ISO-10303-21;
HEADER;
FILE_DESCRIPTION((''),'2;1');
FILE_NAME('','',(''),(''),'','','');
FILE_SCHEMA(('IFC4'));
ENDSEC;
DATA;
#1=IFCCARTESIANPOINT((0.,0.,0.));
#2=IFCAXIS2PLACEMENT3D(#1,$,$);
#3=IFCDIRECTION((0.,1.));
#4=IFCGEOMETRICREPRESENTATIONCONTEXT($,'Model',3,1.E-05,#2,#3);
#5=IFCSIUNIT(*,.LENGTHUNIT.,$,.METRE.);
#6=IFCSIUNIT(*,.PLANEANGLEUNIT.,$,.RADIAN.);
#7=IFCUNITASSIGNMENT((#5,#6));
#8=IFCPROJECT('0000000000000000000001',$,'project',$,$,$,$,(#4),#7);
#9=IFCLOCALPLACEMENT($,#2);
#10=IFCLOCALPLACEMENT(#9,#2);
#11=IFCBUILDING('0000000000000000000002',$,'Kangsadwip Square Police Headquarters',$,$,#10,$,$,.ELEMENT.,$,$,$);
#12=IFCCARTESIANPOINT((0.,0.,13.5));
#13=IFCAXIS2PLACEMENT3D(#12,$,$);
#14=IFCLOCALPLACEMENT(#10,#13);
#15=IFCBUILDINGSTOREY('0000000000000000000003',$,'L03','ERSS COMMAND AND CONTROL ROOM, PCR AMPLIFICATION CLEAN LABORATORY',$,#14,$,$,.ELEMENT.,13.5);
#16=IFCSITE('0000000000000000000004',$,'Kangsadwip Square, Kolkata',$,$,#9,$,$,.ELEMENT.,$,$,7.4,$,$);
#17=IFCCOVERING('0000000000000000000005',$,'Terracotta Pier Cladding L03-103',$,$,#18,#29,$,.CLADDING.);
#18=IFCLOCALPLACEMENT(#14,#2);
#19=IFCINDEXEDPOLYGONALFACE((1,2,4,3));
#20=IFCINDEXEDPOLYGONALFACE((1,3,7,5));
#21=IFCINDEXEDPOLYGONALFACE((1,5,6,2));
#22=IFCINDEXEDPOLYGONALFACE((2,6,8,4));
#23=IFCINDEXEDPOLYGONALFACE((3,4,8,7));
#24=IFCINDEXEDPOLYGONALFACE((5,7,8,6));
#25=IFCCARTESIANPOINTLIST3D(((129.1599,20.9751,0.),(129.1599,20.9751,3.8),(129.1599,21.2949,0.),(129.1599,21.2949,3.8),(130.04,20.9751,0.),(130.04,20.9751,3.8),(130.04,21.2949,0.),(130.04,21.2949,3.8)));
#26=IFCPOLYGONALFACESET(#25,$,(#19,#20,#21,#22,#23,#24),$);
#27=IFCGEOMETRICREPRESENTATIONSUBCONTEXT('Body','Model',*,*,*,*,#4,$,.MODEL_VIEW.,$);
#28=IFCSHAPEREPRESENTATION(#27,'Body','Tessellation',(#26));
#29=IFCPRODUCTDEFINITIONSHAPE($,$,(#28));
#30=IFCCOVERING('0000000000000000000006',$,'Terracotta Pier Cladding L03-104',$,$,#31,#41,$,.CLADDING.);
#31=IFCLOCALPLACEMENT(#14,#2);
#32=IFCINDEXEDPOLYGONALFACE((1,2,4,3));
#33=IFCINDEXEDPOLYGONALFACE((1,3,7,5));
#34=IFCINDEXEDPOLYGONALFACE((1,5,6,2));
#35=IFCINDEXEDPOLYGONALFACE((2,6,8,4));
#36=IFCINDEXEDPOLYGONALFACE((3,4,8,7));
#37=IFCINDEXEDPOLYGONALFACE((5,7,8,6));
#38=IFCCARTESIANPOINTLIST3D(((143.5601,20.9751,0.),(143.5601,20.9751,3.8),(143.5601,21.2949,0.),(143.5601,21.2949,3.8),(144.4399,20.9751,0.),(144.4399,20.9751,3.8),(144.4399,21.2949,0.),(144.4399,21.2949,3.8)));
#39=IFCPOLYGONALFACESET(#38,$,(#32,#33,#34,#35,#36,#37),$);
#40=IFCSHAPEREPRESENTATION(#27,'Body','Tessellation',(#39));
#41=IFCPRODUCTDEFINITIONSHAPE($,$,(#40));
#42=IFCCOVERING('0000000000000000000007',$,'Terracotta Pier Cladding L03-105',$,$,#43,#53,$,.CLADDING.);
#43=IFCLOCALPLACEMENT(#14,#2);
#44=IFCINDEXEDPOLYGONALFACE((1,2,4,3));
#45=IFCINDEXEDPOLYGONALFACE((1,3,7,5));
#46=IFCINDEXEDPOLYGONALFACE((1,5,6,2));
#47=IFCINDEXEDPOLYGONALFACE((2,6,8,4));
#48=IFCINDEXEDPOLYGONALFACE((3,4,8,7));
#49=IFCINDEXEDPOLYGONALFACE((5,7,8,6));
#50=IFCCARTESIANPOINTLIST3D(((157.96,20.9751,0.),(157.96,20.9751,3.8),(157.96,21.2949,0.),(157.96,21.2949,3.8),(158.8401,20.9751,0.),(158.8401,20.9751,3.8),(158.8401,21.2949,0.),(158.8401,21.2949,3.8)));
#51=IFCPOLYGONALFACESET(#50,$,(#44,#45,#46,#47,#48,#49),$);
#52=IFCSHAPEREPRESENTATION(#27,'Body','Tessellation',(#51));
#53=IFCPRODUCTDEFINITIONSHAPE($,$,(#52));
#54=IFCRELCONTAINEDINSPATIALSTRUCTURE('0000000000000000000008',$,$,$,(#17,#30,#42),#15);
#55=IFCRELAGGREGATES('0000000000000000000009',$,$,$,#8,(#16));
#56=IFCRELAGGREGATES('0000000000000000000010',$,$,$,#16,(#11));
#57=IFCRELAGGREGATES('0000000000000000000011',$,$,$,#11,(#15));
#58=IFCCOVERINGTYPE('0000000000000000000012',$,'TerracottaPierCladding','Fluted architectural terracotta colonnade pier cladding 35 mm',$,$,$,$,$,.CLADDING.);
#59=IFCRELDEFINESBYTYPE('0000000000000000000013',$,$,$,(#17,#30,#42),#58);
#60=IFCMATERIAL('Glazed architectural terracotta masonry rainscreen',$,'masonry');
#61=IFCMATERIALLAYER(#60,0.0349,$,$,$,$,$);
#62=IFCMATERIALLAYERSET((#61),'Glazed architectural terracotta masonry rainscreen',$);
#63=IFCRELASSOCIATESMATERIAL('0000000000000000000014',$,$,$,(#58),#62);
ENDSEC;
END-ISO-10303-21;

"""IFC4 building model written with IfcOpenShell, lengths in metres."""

from ifc_helpers import new_model, si_unit, direction, frame, origin, place, context, subcontext, project, spatial, polyline, outline, extrude, material, layer, layer_set, type_object, element, save


model = new_model("IFC4")

# Units and contexts
model_context = context("Model", 3, precision=1e-05, world=origin(), true_north=direction((0.0, 1.0)))
body_context = subcontext(model_context, "Body", "Model", "MODEL_VIEW")
ifc_project = project(units=[si_unit("LENGTHUNIT", "METRE"), si_unit("PLANEANGLEUNIT", "RADIAN")], contexts=[model_context])

# Site, building, storey
site_placement = place(None, origin())
site = spatial("IfcSite", under=ifc_project, at=site_placement, Name="Kangsadwip Square, Kolkata", CompositionType="ELEMENT", RefElevation=7.4)
building_placement = place(site_placement, origin())
building = spatial("IfcBuilding", under=site, at=building_placement, Name="Kangsadwip Square Police Headquarters", CompositionType="ELEMENT")
storey_placement = place(building_placement, frame((0.0, 0.0, 13.5)))
storey = spatial("IfcBuildingStorey", under=building, at=storey_placement, Name="L03", Description="ERSS COMMAND AND CONTROL ROOM, PCR AMPLIFICATION CLEAN LABORATORY", CompositionType="ELEMENT", Elevation=13.5)

# Coverings
ifc_material = material(Name="Glazed architectural terracotta masonry rainscreen", Category="masonry")
ifc_layer = layer(ifc_material, 0.0349)
ifc_layer_set = layer_set([ifc_layer], Name="Glazed architectural terracotta masonry rainscreen")
covering_type = type_object("IfcCoveringType", Name="TerracottaPierCladding", Description="Fluted architectural terracotta colonnade pier cladding 35 mm", PredefinedType="CLADDING", material=ifc_layer_set)
covering_1_placement = place(storey_placement, origin())
element("IfcCovering", 1, at=covering_1_placement, inside=storey, type_object=covering_type, Name="Terracotta Pier Cladding L03-103", PredefinedType="CLADDING", context=body_context, shape_type="SweptSolid", body=[
    extrude(outline(polyline([(129.1599, 20.9751), (130.04, 20.9751), (130.04, 21.2949), (129.1599, 21.2949), (129.1599, 20.9751)])), origin(), (0.0, 0.0, 1.0), 3.8),
])
covering_2_placement = place(storey_placement, origin())
element("IfcCovering", 2, at=covering_2_placement, inside=storey, type_object=covering_type, Name="Terracotta Pier Cladding L03-104", PredefinedType="CLADDING", context=body_context, shape_type="SweptSolid", body=[
    extrude(outline(polyline([(143.5601, 20.9751), (144.4399, 20.9751), (144.4399, 21.2949), (143.5601, 21.2949), (143.5601, 20.9751)])), origin(), (0.0, 0.0, 1.0), 3.8),
])
covering_3_placement = place(storey_placement, origin())
element("IfcCovering", 3, at=covering_3_placement, inside=storey, type_object=covering_type, Name="Terracotta Pier Cladding L03-105", PredefinedType="CLADDING", context=body_context, shape_type="SweptSolid", body=[
    extrude(outline(polyline([(157.96, 20.9751), (158.8401, 20.9751), (158.8401, 21.2949), (157.96, 21.2949), (157.96, 20.9751)])), origin(), (0.0, 0.0, 1.0), 3.8),
])

save(model, "model.ifc")
